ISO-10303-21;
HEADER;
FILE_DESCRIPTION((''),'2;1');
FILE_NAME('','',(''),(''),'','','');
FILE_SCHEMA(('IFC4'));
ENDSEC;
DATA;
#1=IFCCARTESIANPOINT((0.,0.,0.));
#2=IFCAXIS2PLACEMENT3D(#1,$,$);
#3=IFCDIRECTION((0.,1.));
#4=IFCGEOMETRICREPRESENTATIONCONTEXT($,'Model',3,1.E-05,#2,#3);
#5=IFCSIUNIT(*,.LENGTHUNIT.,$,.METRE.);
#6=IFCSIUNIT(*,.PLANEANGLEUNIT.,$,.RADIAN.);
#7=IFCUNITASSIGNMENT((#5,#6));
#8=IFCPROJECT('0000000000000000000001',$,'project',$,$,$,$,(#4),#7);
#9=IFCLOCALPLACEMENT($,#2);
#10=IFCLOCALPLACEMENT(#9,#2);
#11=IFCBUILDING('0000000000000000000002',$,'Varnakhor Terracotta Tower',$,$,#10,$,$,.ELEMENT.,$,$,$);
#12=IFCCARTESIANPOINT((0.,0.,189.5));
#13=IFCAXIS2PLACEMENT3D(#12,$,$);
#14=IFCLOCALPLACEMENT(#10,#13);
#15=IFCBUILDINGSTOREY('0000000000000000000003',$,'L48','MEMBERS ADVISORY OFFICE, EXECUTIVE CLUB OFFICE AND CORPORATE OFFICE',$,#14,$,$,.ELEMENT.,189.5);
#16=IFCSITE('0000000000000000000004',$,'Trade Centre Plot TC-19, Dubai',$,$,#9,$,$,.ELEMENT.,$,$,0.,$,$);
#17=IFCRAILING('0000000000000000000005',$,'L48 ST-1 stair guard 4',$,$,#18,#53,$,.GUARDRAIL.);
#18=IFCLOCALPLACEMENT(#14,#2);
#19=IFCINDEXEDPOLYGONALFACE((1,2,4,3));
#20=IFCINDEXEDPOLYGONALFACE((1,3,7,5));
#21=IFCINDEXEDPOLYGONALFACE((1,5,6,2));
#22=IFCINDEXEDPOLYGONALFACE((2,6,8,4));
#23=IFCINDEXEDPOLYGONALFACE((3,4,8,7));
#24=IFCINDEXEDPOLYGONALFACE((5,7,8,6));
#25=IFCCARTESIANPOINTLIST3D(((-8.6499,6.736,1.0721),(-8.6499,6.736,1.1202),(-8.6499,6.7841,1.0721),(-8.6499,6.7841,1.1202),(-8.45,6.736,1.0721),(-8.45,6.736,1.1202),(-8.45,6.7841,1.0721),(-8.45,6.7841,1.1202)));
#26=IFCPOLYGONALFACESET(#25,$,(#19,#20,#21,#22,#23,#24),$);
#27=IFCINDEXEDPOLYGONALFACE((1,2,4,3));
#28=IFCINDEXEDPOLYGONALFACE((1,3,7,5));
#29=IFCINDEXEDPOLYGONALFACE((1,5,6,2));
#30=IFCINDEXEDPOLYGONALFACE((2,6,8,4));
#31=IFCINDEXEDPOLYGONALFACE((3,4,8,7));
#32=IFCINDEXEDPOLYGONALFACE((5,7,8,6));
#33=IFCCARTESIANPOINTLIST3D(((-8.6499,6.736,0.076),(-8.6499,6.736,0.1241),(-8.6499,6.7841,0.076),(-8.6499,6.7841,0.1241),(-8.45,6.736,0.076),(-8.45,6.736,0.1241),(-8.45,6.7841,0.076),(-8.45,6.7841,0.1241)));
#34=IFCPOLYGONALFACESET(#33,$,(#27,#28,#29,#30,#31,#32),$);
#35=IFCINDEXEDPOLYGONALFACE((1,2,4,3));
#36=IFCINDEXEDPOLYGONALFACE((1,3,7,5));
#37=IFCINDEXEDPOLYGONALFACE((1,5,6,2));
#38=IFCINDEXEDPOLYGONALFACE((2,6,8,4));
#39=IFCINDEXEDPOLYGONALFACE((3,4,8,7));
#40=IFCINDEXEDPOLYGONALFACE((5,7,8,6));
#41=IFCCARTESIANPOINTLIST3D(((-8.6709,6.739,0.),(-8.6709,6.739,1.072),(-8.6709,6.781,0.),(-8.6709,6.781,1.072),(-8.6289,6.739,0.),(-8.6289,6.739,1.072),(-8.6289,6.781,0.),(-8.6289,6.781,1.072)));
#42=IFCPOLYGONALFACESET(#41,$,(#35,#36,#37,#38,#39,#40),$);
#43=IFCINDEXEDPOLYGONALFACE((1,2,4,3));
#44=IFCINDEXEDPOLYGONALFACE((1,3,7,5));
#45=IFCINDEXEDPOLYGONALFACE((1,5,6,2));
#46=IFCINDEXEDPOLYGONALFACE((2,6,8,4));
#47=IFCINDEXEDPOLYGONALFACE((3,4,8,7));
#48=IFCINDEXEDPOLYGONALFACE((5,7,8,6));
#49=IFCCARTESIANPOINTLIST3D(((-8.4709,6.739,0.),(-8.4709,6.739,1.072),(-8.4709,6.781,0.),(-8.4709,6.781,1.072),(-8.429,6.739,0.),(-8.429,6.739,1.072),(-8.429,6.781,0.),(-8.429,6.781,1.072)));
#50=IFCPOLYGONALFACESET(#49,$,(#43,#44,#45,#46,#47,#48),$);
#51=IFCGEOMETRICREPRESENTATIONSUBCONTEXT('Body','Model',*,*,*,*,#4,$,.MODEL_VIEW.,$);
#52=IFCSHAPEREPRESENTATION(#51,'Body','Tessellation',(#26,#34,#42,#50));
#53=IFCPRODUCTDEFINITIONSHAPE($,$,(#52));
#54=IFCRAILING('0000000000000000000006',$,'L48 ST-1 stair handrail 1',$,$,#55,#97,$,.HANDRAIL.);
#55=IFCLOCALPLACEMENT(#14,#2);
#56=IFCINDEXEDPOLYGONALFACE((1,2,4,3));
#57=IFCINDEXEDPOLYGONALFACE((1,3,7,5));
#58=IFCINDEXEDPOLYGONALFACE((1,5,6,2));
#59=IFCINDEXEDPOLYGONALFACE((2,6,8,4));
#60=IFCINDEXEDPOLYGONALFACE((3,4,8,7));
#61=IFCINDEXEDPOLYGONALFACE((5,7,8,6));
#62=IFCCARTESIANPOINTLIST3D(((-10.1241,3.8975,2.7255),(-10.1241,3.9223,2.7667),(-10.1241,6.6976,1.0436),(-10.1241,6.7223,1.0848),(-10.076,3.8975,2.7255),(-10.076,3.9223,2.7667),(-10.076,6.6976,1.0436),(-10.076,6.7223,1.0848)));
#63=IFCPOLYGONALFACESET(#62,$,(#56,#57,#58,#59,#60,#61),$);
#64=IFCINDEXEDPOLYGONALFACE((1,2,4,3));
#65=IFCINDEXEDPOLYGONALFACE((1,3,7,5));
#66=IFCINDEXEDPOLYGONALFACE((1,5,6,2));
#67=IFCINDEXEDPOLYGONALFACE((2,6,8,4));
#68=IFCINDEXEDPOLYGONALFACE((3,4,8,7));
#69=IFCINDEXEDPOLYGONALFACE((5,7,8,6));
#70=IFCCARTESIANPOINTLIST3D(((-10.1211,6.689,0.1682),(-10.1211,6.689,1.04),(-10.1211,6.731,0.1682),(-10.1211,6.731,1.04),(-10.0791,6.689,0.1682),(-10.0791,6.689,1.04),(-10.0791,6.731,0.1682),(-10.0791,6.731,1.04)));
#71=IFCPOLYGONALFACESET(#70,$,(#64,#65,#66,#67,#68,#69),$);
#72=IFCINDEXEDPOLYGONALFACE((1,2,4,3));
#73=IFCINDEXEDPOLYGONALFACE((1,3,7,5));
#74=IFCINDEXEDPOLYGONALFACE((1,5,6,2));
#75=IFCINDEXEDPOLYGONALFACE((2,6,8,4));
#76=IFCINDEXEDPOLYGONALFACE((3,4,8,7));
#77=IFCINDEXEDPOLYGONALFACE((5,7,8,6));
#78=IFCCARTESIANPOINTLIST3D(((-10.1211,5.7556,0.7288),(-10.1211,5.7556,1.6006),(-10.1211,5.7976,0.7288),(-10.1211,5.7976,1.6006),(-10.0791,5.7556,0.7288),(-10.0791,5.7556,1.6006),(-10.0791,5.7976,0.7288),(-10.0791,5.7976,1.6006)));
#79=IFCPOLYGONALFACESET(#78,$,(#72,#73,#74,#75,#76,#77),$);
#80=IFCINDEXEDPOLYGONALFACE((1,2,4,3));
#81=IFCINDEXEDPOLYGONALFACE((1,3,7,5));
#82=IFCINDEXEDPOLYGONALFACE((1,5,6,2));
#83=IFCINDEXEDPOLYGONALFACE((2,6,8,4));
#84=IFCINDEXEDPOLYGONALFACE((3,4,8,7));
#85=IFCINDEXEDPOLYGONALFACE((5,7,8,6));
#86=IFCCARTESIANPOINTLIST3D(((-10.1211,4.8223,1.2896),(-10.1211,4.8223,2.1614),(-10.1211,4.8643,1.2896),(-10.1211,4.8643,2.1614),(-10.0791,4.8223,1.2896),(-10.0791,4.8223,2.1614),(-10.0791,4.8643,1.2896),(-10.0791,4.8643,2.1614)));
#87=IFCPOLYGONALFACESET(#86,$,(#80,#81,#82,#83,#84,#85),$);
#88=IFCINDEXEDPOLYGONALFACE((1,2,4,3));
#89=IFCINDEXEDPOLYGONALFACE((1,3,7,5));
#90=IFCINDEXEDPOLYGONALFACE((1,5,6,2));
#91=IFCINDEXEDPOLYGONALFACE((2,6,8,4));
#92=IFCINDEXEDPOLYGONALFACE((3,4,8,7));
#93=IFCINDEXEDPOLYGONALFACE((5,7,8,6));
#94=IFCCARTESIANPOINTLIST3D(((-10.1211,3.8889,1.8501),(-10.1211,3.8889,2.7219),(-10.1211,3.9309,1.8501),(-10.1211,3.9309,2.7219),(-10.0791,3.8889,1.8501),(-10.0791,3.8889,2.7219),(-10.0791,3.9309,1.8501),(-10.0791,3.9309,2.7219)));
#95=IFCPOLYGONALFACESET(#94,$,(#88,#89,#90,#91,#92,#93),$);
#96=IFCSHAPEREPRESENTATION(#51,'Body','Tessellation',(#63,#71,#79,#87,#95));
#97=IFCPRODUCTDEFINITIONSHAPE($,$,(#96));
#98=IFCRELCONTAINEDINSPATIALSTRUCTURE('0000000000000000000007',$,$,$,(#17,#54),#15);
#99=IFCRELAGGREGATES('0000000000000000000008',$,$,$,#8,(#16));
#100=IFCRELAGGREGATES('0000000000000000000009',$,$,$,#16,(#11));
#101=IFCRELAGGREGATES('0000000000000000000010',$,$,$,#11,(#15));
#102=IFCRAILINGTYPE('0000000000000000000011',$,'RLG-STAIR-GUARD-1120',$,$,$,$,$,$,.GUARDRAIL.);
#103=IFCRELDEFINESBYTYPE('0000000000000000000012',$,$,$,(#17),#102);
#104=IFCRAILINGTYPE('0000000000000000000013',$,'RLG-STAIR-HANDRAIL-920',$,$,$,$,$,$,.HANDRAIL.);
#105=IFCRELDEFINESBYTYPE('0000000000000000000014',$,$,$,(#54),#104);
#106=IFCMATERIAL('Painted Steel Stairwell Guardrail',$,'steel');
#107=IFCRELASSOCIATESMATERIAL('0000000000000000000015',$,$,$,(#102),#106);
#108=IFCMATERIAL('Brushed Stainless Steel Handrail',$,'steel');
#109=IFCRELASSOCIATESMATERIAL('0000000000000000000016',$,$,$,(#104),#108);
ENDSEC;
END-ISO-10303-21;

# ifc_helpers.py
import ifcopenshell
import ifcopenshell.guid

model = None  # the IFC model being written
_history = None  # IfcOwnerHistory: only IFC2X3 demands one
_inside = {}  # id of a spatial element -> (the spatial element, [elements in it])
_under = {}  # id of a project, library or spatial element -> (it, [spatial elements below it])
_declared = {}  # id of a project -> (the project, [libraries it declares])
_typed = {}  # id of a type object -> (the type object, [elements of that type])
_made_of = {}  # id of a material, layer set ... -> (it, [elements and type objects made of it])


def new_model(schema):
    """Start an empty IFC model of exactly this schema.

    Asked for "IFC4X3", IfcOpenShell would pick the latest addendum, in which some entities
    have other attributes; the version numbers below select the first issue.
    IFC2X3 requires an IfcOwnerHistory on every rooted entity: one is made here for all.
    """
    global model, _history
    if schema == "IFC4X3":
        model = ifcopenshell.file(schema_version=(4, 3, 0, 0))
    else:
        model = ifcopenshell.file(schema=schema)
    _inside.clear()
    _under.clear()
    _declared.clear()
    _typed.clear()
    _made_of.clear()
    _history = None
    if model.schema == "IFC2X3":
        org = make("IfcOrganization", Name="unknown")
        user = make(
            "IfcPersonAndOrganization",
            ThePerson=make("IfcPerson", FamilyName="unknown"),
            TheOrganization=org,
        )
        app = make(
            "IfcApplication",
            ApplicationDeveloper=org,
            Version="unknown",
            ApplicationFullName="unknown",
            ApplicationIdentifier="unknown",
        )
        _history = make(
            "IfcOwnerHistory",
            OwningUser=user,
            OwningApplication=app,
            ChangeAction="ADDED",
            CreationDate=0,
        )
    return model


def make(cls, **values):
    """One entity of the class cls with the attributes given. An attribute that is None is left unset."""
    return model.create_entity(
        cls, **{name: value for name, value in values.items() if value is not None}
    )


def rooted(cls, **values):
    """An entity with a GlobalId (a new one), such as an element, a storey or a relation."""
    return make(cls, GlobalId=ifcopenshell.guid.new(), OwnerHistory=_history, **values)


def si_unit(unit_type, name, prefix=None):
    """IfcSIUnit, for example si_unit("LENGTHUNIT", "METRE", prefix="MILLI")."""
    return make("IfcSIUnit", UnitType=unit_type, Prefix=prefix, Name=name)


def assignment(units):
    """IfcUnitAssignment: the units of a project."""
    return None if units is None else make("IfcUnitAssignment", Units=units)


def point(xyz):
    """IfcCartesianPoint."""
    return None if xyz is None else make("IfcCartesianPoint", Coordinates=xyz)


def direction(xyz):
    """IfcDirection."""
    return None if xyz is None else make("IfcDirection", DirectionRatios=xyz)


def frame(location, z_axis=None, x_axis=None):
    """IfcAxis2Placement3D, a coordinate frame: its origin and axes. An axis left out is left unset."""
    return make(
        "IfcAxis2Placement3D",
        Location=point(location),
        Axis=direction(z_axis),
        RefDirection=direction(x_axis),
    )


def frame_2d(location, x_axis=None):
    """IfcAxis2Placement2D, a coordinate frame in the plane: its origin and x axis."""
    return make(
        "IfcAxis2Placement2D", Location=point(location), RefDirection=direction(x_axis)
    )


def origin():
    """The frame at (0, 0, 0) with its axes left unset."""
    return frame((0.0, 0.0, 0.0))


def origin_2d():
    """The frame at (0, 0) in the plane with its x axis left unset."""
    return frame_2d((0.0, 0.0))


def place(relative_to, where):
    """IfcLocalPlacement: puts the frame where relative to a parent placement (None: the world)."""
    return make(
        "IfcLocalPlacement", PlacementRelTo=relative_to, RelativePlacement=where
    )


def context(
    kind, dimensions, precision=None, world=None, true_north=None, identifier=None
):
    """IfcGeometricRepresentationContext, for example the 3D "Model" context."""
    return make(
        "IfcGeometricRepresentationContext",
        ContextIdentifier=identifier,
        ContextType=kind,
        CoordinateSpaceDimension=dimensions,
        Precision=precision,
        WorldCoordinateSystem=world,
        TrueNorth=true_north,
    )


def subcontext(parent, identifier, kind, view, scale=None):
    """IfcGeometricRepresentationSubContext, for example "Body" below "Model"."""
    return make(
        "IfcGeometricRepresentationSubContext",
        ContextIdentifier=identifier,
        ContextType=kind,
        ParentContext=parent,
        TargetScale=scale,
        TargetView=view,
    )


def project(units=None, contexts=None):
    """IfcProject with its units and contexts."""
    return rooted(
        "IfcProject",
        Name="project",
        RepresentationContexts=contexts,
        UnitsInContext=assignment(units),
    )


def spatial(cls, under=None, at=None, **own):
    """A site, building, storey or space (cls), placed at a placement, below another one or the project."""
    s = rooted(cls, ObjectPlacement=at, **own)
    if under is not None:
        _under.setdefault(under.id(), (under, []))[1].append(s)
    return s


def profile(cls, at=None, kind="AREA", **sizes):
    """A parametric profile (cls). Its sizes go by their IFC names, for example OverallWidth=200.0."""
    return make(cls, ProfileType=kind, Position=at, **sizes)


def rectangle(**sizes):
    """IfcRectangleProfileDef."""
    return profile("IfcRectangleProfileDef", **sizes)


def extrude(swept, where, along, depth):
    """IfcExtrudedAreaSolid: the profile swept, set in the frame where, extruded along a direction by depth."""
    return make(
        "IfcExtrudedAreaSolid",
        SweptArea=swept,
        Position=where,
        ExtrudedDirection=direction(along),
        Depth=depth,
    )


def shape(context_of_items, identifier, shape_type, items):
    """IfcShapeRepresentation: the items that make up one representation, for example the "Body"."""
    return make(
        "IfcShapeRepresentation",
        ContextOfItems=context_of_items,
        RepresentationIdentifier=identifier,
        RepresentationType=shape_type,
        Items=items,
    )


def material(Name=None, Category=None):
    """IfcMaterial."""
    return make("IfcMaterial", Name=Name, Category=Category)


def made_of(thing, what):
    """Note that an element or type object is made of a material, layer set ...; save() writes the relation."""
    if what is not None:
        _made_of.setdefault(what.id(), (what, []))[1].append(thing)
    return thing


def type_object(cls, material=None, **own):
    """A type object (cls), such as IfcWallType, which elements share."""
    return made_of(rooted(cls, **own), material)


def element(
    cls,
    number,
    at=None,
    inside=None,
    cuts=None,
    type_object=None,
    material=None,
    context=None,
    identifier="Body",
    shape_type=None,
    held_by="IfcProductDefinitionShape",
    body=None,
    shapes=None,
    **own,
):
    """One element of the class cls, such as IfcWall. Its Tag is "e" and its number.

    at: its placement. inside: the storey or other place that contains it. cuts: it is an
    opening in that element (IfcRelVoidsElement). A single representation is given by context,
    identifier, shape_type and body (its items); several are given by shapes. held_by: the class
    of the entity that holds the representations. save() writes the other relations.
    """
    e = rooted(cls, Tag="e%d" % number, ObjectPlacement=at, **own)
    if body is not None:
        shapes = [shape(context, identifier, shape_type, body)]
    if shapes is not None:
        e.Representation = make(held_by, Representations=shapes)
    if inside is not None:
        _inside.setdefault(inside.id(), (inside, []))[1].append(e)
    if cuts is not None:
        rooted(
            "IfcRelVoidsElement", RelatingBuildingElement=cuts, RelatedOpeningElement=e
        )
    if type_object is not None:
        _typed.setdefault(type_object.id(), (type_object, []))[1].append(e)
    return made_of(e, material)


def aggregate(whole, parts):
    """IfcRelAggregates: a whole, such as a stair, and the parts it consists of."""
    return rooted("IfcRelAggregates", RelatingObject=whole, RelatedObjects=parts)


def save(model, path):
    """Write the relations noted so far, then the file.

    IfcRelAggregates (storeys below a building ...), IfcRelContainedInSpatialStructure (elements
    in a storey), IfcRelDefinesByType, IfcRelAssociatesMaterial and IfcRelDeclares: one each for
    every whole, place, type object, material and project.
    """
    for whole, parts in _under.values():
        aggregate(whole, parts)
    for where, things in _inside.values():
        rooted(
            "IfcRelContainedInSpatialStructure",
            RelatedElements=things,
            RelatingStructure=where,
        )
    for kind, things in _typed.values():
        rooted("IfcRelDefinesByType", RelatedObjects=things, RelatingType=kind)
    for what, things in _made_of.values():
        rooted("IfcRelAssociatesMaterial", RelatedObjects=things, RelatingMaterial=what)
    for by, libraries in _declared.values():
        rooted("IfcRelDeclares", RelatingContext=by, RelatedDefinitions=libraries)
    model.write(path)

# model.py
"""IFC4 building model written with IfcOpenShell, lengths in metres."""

from ifc_helpers import new_model, si_unit, direction, frame, origin, origin_2d, place, context, subcontext, project, spatial, rectangle, extrude, material, type_object, element, save


model = new_model("IFC4")

# Units and contexts
model_context = context("Model", 3, precision=1e-05, world=origin(), true_north=direction((0.0, 1.0)))
body_context = subcontext(model_context, "Body", "Model", "MODEL_VIEW")
ifc_project = project(units=[si_unit("LENGTHUNIT", "METRE"), si_unit("PLANEANGLEUNIT", "RADIAN")], contexts=[model_context])

# Site, building, storey
site_placement = place(None, origin())
site = spatial("IfcSite", under=ifc_project, at=site_placement, Name="Trade Centre Plot TC-19, Dubai", CompositionType="ELEMENT", RefElevation=0.0)
building_placement = place(site_placement, origin())
building = spatial("IfcBuilding", under=site, at=building_placement, Name="Varnakhor Terracotta Tower", CompositionType="ELEMENT")
storey_placement = place(building_placement, frame((0.0, 0.0, 189.5)))
storey = spatial("IfcBuildingStorey", under=building, at=storey_placement, Name="L48", Description="MEMBERS ADVISORY OFFICE, EXECUTIVE CLUB OFFICE AND CORPORATE OFFICE", CompositionType="ELEMENT", Elevation=189.5)

# Railings
ifc_material_1 = material(Name="Painted Steel Stairwell Guardrail", Category="steel")
railing_type_1 = type_object("IfcRailingType", Name="RLG-STAIR-GUARD-1120", PredefinedType="GUARDRAIL", material=ifc_material_1)
railing_1_placement = place(storey_placement, frame((-8.6499, 6.76, 0.0)))
element("IfcRailing", 1, at=railing_1_placement, inside=storey, type_object=railing_type_1, Name="L48 ST-1 stair guard 4", PredefinedType="GUARDRAIL", context=body_context, shape_type="SweptSolid", body=[
    extrude(rectangle(XDim=0.0481, YDim=0.0481, at=origin_2d()), frame((0.0, 0.0, 1.0962), z_axis=(1.0, 0.0, 0.0), x_axis=(0.0, 1.0, 0.0)), (0.0, 0.0, 1.0), 0.2),
    extrude(rectangle(XDim=0.0481, YDim=0.0481, at=origin_2d()), frame((0.0, 0.0, 0.1001), z_axis=(1.0, 0.0, 0.0), x_axis=(0.0, 1.0, 0.0)), (0.0, 0.0, 1.0), 0.2),
    extrude(rectangle(XDim=0.042, YDim=0.042, at=origin_2d()), origin(), (0.0, 0.0, 1.0), 1.072),
    extrude(rectangle(XDim=0.042, YDim=0.042, at=origin_2d()), frame((0.2, 0.0, 0.0)), (0.0, 0.0, 1.0), 1.072),
])
ifc_material_2 = material(Name="Brushed Stainless Steel Handrail", Category="steel")
railing_type_2 = type_object("IfcRailingType", Name="RLG-STAIR-HANDRAIL-920", PredefinedType="HANDRAIL", material=ifc_material_2)
railing_2_placement = place(storey_placement, frame((-10.1001, 6.71, 0.1682)))
element("IfcRailing", 2, at=railing_2_placement, inside=storey, type_object=railing_type_2, Name="L48 ST-1 stair handrail 1", PredefinedType="HANDRAIL", context=body_context, shape_type="SweptSolid", body=[
    extrude(rectangle(XDim=0.0481, YDim=0.0481, at=origin_2d()), frame((0.0, 0.0, 0.896), z_axis=(0.0, -0.857242, 0.514913), x_axis=(1.0, 0.0, 0.0)), (0.0, 0.0, 1.0), 3.2664),
    extrude(rectangle(XDim=0.042, YDim=0.042, at=origin_2d()), origin(), (0.0, 0.0, 1.0), 0.8718),
    extrude(rectangle(XDim=0.042, YDim=0.042, at=origin_2d()), frame((0.0, -0.9333, 0.5605)), (0.0, 0.0, 1.0), 0.8718),
    extrude(rectangle(XDim=0.042, YDim=0.042, at=origin_2d()), frame((0.0, -1.8667, 1.1213)), (0.0, 0.0, 1.0), 0.8718),
    extrude(rectangle(XDim=0.042, YDim=0.042, at=origin_2d()), frame((0.0, -2.8, 1.6819)), (0.0, 0.0, 1.0), 0.8718),
])

save(model, "model.ifc")
